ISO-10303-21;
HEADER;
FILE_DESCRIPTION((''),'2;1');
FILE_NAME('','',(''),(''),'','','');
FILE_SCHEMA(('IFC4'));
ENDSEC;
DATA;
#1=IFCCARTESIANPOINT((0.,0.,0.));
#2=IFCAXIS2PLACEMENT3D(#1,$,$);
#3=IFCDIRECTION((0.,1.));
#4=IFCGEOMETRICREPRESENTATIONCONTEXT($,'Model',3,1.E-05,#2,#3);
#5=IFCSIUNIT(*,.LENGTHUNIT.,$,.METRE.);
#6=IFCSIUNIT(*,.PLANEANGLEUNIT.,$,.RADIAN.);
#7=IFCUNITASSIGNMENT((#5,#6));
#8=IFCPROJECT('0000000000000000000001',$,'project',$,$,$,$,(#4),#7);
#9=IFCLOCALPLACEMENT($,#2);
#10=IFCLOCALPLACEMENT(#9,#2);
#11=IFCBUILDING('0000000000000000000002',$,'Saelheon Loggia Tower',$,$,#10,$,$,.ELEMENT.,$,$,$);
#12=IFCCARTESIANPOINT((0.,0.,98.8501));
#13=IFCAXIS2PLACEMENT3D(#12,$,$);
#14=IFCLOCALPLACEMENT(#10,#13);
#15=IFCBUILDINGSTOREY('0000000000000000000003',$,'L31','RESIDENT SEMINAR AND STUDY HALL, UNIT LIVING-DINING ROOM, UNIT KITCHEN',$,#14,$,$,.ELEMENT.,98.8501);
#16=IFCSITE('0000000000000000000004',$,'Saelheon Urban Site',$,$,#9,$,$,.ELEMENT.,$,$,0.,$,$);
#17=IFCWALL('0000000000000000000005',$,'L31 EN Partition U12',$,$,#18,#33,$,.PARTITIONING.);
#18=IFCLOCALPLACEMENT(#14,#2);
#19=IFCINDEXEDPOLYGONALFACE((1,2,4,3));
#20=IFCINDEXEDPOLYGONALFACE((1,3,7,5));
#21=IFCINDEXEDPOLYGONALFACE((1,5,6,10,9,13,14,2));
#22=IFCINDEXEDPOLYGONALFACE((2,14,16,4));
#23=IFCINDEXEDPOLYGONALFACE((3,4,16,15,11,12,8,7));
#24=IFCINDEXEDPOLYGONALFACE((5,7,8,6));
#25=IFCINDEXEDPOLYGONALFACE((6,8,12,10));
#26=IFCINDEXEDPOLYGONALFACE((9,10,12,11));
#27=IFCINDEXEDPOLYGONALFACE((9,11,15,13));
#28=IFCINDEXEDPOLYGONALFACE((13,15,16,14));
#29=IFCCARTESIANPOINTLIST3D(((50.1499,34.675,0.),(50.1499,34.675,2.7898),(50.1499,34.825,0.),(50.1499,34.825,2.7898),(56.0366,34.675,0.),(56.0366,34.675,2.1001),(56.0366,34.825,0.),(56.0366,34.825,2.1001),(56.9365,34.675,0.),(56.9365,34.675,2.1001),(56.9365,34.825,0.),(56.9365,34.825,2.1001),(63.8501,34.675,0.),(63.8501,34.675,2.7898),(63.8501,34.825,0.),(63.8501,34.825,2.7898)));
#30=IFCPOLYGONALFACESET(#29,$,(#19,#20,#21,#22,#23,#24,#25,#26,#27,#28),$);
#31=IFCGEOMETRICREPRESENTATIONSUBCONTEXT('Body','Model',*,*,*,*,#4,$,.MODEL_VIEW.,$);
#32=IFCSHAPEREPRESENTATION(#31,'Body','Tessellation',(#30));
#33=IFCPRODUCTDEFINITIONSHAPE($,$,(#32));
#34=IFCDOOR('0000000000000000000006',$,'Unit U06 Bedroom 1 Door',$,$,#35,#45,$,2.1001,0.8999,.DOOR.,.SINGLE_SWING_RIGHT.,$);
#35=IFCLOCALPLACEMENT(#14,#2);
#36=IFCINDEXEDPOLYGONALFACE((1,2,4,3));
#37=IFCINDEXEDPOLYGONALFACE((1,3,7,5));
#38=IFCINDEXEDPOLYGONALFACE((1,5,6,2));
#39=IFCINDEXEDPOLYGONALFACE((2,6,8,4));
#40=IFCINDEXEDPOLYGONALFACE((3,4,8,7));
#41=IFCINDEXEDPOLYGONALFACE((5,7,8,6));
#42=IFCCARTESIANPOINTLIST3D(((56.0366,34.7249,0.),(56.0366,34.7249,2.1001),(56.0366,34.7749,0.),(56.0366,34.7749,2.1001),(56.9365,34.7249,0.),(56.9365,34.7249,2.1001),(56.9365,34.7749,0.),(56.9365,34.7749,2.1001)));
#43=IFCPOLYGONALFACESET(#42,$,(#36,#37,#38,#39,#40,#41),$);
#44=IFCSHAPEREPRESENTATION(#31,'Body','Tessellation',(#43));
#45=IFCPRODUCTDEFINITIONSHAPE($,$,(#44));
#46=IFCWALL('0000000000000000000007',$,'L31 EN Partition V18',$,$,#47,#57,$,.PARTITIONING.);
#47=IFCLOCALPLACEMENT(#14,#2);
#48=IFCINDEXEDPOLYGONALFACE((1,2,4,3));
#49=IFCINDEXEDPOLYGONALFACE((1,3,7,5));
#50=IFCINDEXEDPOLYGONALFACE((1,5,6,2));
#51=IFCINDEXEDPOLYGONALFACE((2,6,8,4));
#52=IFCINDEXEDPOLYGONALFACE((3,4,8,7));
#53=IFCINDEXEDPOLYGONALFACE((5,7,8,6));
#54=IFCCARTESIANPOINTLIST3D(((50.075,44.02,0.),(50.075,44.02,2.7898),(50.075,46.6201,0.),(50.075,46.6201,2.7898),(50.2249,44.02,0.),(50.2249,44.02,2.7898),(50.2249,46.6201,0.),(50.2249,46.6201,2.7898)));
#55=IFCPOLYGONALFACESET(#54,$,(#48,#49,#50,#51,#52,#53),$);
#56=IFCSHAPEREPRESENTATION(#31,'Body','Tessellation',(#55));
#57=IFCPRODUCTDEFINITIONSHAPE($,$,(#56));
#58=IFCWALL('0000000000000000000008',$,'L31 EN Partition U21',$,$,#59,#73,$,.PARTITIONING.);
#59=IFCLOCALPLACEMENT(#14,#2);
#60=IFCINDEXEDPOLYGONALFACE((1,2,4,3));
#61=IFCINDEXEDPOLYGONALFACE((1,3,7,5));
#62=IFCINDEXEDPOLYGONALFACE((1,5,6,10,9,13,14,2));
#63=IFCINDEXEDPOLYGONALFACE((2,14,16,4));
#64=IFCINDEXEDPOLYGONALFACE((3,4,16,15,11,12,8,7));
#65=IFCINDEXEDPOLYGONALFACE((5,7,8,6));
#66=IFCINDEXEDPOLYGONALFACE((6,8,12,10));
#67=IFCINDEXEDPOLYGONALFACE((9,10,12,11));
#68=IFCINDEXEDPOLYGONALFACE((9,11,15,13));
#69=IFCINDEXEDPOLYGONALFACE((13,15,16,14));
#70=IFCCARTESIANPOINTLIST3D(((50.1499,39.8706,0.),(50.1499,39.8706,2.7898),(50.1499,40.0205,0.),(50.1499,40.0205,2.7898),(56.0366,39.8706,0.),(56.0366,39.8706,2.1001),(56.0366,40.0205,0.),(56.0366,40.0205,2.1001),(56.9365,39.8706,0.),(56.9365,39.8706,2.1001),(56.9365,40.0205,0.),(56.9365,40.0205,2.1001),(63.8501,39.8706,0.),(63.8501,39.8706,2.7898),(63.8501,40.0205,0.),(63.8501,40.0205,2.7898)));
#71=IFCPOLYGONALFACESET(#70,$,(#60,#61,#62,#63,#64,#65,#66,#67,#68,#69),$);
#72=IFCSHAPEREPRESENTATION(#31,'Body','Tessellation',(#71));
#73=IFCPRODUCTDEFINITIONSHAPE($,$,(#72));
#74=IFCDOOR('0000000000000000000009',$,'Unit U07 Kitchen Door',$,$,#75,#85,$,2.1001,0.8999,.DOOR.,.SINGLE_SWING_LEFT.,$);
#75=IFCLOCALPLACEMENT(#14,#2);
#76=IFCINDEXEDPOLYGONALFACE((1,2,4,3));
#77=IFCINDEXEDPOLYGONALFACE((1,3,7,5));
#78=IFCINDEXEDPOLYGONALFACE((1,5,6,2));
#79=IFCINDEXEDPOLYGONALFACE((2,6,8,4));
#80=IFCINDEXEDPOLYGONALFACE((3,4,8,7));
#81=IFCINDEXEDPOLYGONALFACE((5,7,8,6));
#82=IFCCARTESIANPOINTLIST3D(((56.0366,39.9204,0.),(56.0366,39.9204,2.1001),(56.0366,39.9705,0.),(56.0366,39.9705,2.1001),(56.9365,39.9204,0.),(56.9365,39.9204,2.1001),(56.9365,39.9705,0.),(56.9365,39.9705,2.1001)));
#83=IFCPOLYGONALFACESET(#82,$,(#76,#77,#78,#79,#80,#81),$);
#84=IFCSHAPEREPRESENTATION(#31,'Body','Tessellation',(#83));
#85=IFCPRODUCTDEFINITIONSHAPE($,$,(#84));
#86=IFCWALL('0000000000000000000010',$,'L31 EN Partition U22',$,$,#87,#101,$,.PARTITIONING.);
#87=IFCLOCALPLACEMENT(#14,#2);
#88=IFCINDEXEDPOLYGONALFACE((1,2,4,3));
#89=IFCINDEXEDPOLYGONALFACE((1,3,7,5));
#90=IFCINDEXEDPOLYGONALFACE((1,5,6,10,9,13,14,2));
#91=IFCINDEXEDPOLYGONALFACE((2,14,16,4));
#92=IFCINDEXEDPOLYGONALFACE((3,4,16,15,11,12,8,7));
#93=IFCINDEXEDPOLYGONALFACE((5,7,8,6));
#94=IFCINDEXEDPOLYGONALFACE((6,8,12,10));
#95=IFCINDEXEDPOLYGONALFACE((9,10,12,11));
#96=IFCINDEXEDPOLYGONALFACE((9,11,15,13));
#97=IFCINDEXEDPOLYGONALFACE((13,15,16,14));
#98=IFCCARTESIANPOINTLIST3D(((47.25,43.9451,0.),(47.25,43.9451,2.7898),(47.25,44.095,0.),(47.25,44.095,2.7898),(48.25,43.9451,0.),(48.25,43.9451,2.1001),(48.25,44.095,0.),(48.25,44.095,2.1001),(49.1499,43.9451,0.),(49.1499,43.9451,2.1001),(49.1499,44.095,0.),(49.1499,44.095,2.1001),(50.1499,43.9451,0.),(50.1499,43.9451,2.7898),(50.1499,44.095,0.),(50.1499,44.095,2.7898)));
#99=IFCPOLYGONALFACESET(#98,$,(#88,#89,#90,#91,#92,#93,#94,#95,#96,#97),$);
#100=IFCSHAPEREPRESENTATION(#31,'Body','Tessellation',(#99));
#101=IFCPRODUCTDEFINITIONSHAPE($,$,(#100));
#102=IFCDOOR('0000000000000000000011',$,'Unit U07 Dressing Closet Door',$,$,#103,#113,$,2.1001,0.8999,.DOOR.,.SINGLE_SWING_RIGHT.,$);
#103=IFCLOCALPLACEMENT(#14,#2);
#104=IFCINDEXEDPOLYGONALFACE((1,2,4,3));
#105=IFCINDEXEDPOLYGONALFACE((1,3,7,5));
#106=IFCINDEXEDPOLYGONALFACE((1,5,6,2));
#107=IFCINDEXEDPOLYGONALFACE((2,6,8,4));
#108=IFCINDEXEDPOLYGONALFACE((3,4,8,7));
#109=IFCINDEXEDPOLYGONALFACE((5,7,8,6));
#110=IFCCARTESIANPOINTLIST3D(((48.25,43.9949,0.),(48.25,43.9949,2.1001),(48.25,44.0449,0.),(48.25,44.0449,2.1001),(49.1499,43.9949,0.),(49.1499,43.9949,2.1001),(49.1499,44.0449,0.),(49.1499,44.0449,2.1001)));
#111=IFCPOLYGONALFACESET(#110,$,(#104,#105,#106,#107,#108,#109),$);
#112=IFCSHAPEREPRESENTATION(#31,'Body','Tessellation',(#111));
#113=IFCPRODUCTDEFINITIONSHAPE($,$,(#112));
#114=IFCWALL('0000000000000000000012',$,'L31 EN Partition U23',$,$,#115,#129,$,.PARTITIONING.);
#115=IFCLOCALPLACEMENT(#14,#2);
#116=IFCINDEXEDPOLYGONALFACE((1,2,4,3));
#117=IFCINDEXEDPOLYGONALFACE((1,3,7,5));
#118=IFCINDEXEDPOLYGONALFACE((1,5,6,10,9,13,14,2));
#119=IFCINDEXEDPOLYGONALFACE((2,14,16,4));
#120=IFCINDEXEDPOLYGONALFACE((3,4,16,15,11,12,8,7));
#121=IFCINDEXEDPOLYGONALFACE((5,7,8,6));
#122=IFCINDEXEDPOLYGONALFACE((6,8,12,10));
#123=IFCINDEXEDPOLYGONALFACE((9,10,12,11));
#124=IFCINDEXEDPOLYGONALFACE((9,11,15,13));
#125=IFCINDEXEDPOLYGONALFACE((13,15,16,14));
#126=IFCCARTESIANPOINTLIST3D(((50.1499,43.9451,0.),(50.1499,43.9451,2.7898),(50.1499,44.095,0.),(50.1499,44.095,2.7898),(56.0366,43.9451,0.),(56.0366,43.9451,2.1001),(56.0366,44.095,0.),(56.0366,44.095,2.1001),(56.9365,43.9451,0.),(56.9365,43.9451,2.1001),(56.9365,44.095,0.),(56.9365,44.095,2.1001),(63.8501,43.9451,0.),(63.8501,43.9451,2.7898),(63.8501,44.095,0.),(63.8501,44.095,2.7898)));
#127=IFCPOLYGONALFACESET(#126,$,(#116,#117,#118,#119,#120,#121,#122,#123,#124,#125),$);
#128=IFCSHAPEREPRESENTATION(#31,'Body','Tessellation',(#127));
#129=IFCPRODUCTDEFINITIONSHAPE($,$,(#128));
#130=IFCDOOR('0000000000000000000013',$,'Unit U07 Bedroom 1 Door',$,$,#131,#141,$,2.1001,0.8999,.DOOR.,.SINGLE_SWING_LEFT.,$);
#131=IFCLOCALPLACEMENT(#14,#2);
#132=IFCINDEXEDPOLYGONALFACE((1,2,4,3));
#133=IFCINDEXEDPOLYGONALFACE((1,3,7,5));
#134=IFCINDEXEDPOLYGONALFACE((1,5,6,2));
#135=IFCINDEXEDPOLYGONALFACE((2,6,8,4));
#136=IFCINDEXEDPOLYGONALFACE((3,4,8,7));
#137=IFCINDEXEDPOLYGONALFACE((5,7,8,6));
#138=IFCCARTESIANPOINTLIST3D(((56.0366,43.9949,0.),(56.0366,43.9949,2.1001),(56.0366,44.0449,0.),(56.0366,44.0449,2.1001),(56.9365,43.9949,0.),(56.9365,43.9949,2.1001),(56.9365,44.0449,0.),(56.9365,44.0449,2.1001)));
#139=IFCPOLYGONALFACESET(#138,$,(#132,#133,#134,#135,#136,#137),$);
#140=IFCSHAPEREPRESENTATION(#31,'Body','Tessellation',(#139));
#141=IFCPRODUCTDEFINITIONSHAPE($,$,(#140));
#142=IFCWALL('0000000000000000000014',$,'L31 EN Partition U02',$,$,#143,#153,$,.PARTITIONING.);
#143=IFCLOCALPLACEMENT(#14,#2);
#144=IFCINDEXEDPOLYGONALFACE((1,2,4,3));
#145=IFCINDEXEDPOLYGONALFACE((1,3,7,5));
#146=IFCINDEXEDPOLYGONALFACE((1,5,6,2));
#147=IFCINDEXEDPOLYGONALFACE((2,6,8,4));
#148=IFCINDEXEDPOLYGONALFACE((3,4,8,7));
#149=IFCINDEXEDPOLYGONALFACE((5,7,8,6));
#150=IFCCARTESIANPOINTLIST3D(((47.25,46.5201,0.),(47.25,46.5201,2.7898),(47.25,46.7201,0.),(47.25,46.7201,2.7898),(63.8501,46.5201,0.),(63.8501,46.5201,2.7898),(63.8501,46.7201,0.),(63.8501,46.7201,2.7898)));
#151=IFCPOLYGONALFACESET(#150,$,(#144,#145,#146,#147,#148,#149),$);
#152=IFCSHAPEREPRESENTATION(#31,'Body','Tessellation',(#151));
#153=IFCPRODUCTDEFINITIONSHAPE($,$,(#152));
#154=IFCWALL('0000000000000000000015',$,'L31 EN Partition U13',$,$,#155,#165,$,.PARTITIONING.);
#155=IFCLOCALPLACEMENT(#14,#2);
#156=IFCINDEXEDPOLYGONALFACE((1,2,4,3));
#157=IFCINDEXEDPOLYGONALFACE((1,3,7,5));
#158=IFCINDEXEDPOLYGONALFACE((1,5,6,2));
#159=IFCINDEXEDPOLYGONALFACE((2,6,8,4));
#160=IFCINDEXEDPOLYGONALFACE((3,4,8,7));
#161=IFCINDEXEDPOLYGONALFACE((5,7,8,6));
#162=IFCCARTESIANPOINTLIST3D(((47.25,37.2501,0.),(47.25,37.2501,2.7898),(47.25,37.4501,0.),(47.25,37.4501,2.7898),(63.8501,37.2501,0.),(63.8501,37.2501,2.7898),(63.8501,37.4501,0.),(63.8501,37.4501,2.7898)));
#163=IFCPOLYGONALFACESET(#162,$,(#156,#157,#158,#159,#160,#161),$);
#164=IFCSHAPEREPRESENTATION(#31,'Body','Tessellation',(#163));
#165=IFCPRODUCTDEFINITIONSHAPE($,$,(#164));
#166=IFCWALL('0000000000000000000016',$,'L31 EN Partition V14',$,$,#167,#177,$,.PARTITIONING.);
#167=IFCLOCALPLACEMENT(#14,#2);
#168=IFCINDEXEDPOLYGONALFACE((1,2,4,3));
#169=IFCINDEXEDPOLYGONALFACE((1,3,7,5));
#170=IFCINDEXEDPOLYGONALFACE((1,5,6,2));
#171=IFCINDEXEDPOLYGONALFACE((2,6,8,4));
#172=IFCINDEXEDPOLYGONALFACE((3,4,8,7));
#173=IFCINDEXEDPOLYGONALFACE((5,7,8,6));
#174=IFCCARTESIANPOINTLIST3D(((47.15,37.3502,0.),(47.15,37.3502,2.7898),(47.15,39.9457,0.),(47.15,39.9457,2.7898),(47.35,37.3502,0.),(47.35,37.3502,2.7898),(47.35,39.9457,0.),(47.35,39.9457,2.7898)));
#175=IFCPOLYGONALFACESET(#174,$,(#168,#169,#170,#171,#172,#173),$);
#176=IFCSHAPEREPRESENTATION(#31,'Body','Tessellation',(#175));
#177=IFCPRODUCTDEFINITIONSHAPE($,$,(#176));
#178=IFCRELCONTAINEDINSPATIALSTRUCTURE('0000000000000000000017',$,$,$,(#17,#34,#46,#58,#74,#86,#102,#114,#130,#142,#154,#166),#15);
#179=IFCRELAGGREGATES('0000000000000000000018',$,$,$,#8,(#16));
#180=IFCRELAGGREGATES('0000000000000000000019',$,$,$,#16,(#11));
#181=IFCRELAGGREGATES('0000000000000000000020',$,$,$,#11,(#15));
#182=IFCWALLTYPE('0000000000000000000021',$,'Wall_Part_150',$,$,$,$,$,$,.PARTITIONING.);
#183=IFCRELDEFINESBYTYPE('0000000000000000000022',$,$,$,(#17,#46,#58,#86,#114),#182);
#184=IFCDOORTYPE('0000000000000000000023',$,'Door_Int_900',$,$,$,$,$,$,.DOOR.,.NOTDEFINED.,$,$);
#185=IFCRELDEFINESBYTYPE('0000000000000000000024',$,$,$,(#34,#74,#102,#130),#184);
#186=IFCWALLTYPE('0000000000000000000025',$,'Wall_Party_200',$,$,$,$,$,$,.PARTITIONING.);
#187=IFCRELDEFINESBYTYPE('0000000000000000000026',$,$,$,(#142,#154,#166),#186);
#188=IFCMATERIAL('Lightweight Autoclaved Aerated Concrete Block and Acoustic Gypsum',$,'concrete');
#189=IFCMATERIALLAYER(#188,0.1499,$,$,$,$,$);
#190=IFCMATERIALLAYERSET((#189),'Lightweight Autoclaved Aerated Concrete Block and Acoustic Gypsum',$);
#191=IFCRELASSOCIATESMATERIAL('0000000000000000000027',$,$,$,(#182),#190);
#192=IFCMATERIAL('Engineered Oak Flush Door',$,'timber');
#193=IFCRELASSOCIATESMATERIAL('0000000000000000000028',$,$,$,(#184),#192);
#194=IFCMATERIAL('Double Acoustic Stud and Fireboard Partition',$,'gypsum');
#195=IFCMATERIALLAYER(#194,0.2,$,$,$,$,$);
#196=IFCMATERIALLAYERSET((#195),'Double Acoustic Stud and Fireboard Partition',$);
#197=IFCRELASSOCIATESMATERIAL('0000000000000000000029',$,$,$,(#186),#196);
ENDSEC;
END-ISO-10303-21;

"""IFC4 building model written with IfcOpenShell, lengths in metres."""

from ifc_helpers import new_model, si_unit, direction, frame, frame_2d, origin, place, context, subcontext, project, spatial, rectangle, extrude, source, transform, mapped, material, layer, layer_set, type_object, element, fill, save


model = new_model("IFC4")

# Units and contexts
model_context = context("Model", 3, precision=1e-05, world=origin(), true_north=direction((0.0, 1.0)))
body_context = subcontext(model_context, "Body", "Model", "MODEL_VIEW")
ifc_project = project(units=[si_unit("LENGTHUNIT", "METRE"), si_unit("PLANEANGLEUNIT", "RADIAN")], contexts=[model_context])

# Site, building, storey
site_placement = place(None, origin())
site = spatial("IfcSite", under=ifc_project, at=site_placement, Name="Saelheon Urban Site", CompositionType="ELEMENT", RefElevation=0.0)
building_placement = place(site_placement, origin())
building = spatial("IfcBuilding", under=site, at=building_placement, Name="Saelheon Loggia Tower", CompositionType="ELEMENT")
storey_placement = place(building_placement, frame((0.0, 0.0, 98.8501)))
storey = spatial("IfcBuildingStorey", under=building, at=storey_placement, Name="L31", Description="RESIDENT SEMINAR AND STUDY HALL, UNIT LIVING-DINING ROOM, UNIT KITCHEN", CompositionType="ELEMENT", Elevation=98.8501)

# Shared definitions
ifc_material_1 = material(Name="Lightweight Autoclaved Aerated Concrete Block and Acoustic Gypsum", Category="concrete")
ifc_layer_1 = layer(ifc_material_1, 0.1499)
ifc_layer_set_1 = layer_set([ifc_layer_1], Name="Lightweight Autoclaved Aerated Concrete Block and Acoustic Gypsum")
wall_type_1 = type_object("IfcWallType", Name="Wall_Part_150", PredefinedType="PARTITIONING", material=ifc_layer_set_1)

# Wall, opening, door
ifc_material_2 = material(Name="Engineered Oak Flush Door", Category="timber")
door_type_1 = type_object("IfcDoorType", Name="Door_Int_900", OperationType="NOTDEFINED", PredefinedType="DOOR", material=ifc_material_2)
shared_shape_1 = source(origin(), body_context, "Body", "SweptSolid", [
    extrude(rectangle(XDim=0.8999, YDim=2.1001, at=frame_2d((0.45, 1.05))), frame((0.0, 0.0249, 0.0), z_axis=(0.0, -1.0, 0.0), x_axis=(1.0, 0.0, 0.0)), (0.0, 0.0, 1.0), 0.05),
])
wall_1_placement = place(storey_placement, frame((50.1499, 34.75, 0.0), z_axis=(0.0, 0.0, 1.0), x_axis=(1.0, 0.0, 0.0)))
wall_1 = element("IfcWall", 1, at=wall_1_placement, inside=storey, type_object=wall_type_1, Name="L31 EN Partition U12", PredefinedType="PARTITIONING", context=body_context, shape_type="SweptSolid", body=[
    extrude(rectangle(XDim=13.7002, YDim=0.1499, at=frame_2d((6.8501, 0.0))), origin(), (0.0, 0.0, 1.0), 2.7898),
])
opening_1_placement = place(wall_1_placement, frame((5.8867, 0.0, 0.0)))
opening_1 = element("IfcOpeningElement", 2, at=opening_1_placement, cuts=wall_1, PredefinedType="OPENING", context=body_context, shape_type="SweptSolid", body=[
    extrude(rectangle(XDim=0.8999, YDim=2.1001, at=frame_2d((0.45, 1.05))), frame((0.0, 0.0869, 0.0), z_axis=(0.0, -1.0, 0.0), x_axis=(1.0, 0.0, 0.0)), (0.0, 0.0, 1.0), 0.1738),
])
door_1_placement = place(opening_1_placement, origin())
door_1 = element("IfcDoor", 3, at=door_1_placement, inside=storey, type_object=door_type_1, Name="Unit U06 Bedroom 1 Door", OperationType="SINGLE_SWING_RIGHT", OverallHeight=2.1001, OverallWidth=0.8999, PredefinedType="DOOR", context=body_context, shape_type="MappedRepresentation", body=[
    mapped(shared_shape_1, transform((0.0, 0.0, 0.0), scale=1.0)),
])
fill(opening_1, door_1)

# Wall
wall_2_placement = place(storey_placement, frame((50.1499, 44.02, 0.0), z_axis=(0.0, 0.0, 1.0), x_axis=(0.0, 1.0, 0.0)))
element("IfcWall", 4, at=wall_2_placement, inside=storey, type_object=wall_type_1, Name="L31 EN Partition V18", PredefinedType="PARTITIONING", context=body_context, shape_type="SweptSolid", body=[
    extrude(rectangle(XDim=2.6001, YDim=0.1499, at=frame_2d((1.3, 0.0))), origin(), (0.0, 0.0, 1.0), 2.7898),
])

# Walls, openings, doors
wall_3_placement = place(storey_placement, frame((50.1499, 39.9456, 0.0), z_axis=(0.0, 0.0, 1.0), x_axis=(1.0, 0.0, 0.0)))
wall_3 = element("IfcWall", 5, at=wall_3_placement, inside=storey, type_object=wall_type_1, Name="L31 EN Partition U21", PredefinedType="PARTITIONING", context=body_context, shape_type="SweptSolid", body=[
    extrude(rectangle(XDim=13.7002, YDim=0.1499, at=frame_2d((6.8501, 0.0))), origin(), (0.0, 0.0, 1.0), 2.7898),
])
opening_2_placement = place(wall_3_placement, frame((5.8867, 0.0, 0.0)))
opening_2 = element("IfcOpeningElement", 6, at=opening_2_placement, cuts=wall_3, PredefinedType="OPENING", context=body_context, shape_type="SweptSolid", body=[
    extrude(rectangle(XDim=0.8999, YDim=2.1001, at=frame_2d((0.45, 1.05))), frame((0.0, 0.0869, 0.0), z_axis=(0.0, -1.0, 0.0), x_axis=(1.0, 0.0, 0.0)), (0.0, 0.0, 1.0), 0.1738),
])
door_2_placement = place(opening_2_placement, origin())
door_2 = element("IfcDoor", 7, at=door_2_placement, inside=storey, type_object=door_type_1, Name="Unit U07 Kitchen Door", OperationType="SINGLE_SWING_LEFT", OverallHeight=2.1001, OverallWidth=0.8999, PredefinedType="DOOR", context=body_context, shape_type="MappedRepresentation", body=[
    mapped(shared_shape_1, transform((0.0, 0.0, 0.0), scale=1.0)),
])
fill(opening_2, door_2)
wall_4_placement = place(storey_placement, frame((47.25, 44.02, 0.0), z_axis=(0.0, 0.0, 1.0), x_axis=(1.0, 0.0, 0.0)))
wall_4 = element("IfcWall", 8, at=wall_4_placement, inside=storey, type_object=wall_type_1, Name="L31 EN Partition U22", PredefinedType="PARTITIONING", context=body_context, shape_type="SweptSolid", body=[
    extrude(rectangle(XDim=2.8999, YDim=0.1499, at=frame_2d((1.45, 0.0))), origin(), (0.0, 0.0, 1.0), 2.7898),
])
opening_3_placement = place(wall_4_placement, frame((1.0, 0.0, 0.0)))
opening_3 = element("IfcOpeningElement", 9, at=opening_3_placement, cuts=wall_4, PredefinedType="OPENING", context=body_context, shape_type="SweptSolid", body=[
    extrude(rectangle(XDim=0.8999, YDim=2.1001, at=frame_2d((0.45, 1.05))), frame((0.0, 0.0869, 0.0), z_axis=(0.0, -1.0, 0.0), x_axis=(1.0, 0.0, 0.0)), (0.0, 0.0, 1.0), 0.1738),
])
door_3_placement = place(opening_3_placement, origin())
door_3 = element("IfcDoor", 10, at=door_3_placement, inside=storey, type_object=door_type_1, Name="Unit U07 Dressing Closet Door", OperationType="SINGLE_SWING_RIGHT", OverallHeight=2.1001, OverallWidth=0.8999, PredefinedType="DOOR", context=body_context, shape_type="MappedRepresentation", body=[
    mapped(shared_shape_1, transform((0.0, 0.0, 0.0), scale=1.0)),
])
fill(opening_3, door_3)
wall_5_placement = place(storey_placement, frame((50.1499, 44.02, 0.0), z_axis=(0.0, 0.0, 1.0), x_axis=(1.0, 0.0, 0.0)))
wall_5 = element("IfcWall", 11, at=wall_5_placement, inside=storey, type_object=wall_type_1, Name="L31 EN Partition U23", PredefinedType="PARTITIONING", context=body_context, shape_type="SweptSolid", body=[
    extrude(rectangle(XDim=13.7002, YDim=0.1499, at=frame_2d((6.8501, 0.0))), origin(), (0.0, 0.0, 1.0), 2.7898),
])
opening_4_placement = place(wall_5_placement, frame((5.8867, 0.0, 0.0)))
opening_4 = element("IfcOpeningElement", 12, at=opening_4_placement, cuts=wall_5, PredefinedType="OPENING", context=body_context, shape_type="SweptSolid", body=[
    extrude(rectangle(XDim=0.8999, YDim=2.1001, at=frame_2d((0.45, 1.05))), frame((0.0, 0.0869, 0.0), z_axis=(0.0, -1.0, 0.0), x_axis=(1.0, 0.0, 0.0)), (0.0, 0.0, 1.0), 0.1738),
])
door_4_placement = place(opening_4_placement, origin())
door_4 = element("IfcDoor", 13, at=door_4_placement, inside=storey, type_object=door_type_1, Name="Unit U07 Bedroom 1 Door", OperationType="SINGLE_SWING_LEFT", OverallHeight=2.1001, OverallWidth=0.8999, PredefinedType="DOOR", context=body_context, shape_type="MappedRepresentation", body=[
    mapped(shared_shape_1, transform((0.0, 0.0, 0.0), scale=1.0)),
])
fill(opening_4, door_4)

# Walls
ifc_material_3 = material(Name="Double Acoustic Stud and Fireboard Partition", Category="gypsum")
ifc_layer_2 = layer(ifc_material_3, 0.2)
ifc_layer_set_2 = layer_set([ifc_layer_2], Name="Double Acoustic Stud and Fireboard Partition")
wall_type_2 = type_object("IfcWallType", Name="Wall_Party_200", PredefinedType="PARTITIONING", material=ifc_layer_set_2)
for number, where, z_axis, x_axis, name in (
    (14, (47.25, 46.6201, 0.0), (0.0, 0.0, 1.0), (1.0, 0.0, 0.0), "L31 EN Partition U02"),
    (15, (47.25, 37.3501, 0.0), (0.0, 0.0, 1.0), (1.0, 0.0, 0.0), "L31 EN Partition U13"),
):
    element("IfcWall", number, at=place(storey_placement, frame(where, z_axis=z_axis, x_axis=x_axis)), inside=storey, type_object=wall_type_2, Name=name, PredefinedType="PARTITIONING", context=body_context, shape_type="SweptSolid", body=[
        extrude(rectangle(XDim=16.6001, YDim=0.2, at=frame_2d((8.3, 0.0))), origin(), (0.0, 0.0, 1.0), 2.7898),
    ])
wall_6_placement = place(storey_placement, frame((47.25, 37.3501, 0.0), z_axis=(0.0, 0.0, 1.0), x_axis=(0.0, 1.0, 0.0)))
element("IfcWall", 16, at=wall_6_placement, inside=storey, type_object=wall_type_2, Name="L31 EN Partition V14", PredefinedType="PARTITIONING", context=body_context, shape_type="SweptSolid", body=[
    extrude(rectangle(XDim=2.5955, YDim=0.2, at=frame_2d((1.2979, 0.0))), origin(), (0.0, 0.0, 1.0), 2.7898),
])

save(model, "model.ifc")
